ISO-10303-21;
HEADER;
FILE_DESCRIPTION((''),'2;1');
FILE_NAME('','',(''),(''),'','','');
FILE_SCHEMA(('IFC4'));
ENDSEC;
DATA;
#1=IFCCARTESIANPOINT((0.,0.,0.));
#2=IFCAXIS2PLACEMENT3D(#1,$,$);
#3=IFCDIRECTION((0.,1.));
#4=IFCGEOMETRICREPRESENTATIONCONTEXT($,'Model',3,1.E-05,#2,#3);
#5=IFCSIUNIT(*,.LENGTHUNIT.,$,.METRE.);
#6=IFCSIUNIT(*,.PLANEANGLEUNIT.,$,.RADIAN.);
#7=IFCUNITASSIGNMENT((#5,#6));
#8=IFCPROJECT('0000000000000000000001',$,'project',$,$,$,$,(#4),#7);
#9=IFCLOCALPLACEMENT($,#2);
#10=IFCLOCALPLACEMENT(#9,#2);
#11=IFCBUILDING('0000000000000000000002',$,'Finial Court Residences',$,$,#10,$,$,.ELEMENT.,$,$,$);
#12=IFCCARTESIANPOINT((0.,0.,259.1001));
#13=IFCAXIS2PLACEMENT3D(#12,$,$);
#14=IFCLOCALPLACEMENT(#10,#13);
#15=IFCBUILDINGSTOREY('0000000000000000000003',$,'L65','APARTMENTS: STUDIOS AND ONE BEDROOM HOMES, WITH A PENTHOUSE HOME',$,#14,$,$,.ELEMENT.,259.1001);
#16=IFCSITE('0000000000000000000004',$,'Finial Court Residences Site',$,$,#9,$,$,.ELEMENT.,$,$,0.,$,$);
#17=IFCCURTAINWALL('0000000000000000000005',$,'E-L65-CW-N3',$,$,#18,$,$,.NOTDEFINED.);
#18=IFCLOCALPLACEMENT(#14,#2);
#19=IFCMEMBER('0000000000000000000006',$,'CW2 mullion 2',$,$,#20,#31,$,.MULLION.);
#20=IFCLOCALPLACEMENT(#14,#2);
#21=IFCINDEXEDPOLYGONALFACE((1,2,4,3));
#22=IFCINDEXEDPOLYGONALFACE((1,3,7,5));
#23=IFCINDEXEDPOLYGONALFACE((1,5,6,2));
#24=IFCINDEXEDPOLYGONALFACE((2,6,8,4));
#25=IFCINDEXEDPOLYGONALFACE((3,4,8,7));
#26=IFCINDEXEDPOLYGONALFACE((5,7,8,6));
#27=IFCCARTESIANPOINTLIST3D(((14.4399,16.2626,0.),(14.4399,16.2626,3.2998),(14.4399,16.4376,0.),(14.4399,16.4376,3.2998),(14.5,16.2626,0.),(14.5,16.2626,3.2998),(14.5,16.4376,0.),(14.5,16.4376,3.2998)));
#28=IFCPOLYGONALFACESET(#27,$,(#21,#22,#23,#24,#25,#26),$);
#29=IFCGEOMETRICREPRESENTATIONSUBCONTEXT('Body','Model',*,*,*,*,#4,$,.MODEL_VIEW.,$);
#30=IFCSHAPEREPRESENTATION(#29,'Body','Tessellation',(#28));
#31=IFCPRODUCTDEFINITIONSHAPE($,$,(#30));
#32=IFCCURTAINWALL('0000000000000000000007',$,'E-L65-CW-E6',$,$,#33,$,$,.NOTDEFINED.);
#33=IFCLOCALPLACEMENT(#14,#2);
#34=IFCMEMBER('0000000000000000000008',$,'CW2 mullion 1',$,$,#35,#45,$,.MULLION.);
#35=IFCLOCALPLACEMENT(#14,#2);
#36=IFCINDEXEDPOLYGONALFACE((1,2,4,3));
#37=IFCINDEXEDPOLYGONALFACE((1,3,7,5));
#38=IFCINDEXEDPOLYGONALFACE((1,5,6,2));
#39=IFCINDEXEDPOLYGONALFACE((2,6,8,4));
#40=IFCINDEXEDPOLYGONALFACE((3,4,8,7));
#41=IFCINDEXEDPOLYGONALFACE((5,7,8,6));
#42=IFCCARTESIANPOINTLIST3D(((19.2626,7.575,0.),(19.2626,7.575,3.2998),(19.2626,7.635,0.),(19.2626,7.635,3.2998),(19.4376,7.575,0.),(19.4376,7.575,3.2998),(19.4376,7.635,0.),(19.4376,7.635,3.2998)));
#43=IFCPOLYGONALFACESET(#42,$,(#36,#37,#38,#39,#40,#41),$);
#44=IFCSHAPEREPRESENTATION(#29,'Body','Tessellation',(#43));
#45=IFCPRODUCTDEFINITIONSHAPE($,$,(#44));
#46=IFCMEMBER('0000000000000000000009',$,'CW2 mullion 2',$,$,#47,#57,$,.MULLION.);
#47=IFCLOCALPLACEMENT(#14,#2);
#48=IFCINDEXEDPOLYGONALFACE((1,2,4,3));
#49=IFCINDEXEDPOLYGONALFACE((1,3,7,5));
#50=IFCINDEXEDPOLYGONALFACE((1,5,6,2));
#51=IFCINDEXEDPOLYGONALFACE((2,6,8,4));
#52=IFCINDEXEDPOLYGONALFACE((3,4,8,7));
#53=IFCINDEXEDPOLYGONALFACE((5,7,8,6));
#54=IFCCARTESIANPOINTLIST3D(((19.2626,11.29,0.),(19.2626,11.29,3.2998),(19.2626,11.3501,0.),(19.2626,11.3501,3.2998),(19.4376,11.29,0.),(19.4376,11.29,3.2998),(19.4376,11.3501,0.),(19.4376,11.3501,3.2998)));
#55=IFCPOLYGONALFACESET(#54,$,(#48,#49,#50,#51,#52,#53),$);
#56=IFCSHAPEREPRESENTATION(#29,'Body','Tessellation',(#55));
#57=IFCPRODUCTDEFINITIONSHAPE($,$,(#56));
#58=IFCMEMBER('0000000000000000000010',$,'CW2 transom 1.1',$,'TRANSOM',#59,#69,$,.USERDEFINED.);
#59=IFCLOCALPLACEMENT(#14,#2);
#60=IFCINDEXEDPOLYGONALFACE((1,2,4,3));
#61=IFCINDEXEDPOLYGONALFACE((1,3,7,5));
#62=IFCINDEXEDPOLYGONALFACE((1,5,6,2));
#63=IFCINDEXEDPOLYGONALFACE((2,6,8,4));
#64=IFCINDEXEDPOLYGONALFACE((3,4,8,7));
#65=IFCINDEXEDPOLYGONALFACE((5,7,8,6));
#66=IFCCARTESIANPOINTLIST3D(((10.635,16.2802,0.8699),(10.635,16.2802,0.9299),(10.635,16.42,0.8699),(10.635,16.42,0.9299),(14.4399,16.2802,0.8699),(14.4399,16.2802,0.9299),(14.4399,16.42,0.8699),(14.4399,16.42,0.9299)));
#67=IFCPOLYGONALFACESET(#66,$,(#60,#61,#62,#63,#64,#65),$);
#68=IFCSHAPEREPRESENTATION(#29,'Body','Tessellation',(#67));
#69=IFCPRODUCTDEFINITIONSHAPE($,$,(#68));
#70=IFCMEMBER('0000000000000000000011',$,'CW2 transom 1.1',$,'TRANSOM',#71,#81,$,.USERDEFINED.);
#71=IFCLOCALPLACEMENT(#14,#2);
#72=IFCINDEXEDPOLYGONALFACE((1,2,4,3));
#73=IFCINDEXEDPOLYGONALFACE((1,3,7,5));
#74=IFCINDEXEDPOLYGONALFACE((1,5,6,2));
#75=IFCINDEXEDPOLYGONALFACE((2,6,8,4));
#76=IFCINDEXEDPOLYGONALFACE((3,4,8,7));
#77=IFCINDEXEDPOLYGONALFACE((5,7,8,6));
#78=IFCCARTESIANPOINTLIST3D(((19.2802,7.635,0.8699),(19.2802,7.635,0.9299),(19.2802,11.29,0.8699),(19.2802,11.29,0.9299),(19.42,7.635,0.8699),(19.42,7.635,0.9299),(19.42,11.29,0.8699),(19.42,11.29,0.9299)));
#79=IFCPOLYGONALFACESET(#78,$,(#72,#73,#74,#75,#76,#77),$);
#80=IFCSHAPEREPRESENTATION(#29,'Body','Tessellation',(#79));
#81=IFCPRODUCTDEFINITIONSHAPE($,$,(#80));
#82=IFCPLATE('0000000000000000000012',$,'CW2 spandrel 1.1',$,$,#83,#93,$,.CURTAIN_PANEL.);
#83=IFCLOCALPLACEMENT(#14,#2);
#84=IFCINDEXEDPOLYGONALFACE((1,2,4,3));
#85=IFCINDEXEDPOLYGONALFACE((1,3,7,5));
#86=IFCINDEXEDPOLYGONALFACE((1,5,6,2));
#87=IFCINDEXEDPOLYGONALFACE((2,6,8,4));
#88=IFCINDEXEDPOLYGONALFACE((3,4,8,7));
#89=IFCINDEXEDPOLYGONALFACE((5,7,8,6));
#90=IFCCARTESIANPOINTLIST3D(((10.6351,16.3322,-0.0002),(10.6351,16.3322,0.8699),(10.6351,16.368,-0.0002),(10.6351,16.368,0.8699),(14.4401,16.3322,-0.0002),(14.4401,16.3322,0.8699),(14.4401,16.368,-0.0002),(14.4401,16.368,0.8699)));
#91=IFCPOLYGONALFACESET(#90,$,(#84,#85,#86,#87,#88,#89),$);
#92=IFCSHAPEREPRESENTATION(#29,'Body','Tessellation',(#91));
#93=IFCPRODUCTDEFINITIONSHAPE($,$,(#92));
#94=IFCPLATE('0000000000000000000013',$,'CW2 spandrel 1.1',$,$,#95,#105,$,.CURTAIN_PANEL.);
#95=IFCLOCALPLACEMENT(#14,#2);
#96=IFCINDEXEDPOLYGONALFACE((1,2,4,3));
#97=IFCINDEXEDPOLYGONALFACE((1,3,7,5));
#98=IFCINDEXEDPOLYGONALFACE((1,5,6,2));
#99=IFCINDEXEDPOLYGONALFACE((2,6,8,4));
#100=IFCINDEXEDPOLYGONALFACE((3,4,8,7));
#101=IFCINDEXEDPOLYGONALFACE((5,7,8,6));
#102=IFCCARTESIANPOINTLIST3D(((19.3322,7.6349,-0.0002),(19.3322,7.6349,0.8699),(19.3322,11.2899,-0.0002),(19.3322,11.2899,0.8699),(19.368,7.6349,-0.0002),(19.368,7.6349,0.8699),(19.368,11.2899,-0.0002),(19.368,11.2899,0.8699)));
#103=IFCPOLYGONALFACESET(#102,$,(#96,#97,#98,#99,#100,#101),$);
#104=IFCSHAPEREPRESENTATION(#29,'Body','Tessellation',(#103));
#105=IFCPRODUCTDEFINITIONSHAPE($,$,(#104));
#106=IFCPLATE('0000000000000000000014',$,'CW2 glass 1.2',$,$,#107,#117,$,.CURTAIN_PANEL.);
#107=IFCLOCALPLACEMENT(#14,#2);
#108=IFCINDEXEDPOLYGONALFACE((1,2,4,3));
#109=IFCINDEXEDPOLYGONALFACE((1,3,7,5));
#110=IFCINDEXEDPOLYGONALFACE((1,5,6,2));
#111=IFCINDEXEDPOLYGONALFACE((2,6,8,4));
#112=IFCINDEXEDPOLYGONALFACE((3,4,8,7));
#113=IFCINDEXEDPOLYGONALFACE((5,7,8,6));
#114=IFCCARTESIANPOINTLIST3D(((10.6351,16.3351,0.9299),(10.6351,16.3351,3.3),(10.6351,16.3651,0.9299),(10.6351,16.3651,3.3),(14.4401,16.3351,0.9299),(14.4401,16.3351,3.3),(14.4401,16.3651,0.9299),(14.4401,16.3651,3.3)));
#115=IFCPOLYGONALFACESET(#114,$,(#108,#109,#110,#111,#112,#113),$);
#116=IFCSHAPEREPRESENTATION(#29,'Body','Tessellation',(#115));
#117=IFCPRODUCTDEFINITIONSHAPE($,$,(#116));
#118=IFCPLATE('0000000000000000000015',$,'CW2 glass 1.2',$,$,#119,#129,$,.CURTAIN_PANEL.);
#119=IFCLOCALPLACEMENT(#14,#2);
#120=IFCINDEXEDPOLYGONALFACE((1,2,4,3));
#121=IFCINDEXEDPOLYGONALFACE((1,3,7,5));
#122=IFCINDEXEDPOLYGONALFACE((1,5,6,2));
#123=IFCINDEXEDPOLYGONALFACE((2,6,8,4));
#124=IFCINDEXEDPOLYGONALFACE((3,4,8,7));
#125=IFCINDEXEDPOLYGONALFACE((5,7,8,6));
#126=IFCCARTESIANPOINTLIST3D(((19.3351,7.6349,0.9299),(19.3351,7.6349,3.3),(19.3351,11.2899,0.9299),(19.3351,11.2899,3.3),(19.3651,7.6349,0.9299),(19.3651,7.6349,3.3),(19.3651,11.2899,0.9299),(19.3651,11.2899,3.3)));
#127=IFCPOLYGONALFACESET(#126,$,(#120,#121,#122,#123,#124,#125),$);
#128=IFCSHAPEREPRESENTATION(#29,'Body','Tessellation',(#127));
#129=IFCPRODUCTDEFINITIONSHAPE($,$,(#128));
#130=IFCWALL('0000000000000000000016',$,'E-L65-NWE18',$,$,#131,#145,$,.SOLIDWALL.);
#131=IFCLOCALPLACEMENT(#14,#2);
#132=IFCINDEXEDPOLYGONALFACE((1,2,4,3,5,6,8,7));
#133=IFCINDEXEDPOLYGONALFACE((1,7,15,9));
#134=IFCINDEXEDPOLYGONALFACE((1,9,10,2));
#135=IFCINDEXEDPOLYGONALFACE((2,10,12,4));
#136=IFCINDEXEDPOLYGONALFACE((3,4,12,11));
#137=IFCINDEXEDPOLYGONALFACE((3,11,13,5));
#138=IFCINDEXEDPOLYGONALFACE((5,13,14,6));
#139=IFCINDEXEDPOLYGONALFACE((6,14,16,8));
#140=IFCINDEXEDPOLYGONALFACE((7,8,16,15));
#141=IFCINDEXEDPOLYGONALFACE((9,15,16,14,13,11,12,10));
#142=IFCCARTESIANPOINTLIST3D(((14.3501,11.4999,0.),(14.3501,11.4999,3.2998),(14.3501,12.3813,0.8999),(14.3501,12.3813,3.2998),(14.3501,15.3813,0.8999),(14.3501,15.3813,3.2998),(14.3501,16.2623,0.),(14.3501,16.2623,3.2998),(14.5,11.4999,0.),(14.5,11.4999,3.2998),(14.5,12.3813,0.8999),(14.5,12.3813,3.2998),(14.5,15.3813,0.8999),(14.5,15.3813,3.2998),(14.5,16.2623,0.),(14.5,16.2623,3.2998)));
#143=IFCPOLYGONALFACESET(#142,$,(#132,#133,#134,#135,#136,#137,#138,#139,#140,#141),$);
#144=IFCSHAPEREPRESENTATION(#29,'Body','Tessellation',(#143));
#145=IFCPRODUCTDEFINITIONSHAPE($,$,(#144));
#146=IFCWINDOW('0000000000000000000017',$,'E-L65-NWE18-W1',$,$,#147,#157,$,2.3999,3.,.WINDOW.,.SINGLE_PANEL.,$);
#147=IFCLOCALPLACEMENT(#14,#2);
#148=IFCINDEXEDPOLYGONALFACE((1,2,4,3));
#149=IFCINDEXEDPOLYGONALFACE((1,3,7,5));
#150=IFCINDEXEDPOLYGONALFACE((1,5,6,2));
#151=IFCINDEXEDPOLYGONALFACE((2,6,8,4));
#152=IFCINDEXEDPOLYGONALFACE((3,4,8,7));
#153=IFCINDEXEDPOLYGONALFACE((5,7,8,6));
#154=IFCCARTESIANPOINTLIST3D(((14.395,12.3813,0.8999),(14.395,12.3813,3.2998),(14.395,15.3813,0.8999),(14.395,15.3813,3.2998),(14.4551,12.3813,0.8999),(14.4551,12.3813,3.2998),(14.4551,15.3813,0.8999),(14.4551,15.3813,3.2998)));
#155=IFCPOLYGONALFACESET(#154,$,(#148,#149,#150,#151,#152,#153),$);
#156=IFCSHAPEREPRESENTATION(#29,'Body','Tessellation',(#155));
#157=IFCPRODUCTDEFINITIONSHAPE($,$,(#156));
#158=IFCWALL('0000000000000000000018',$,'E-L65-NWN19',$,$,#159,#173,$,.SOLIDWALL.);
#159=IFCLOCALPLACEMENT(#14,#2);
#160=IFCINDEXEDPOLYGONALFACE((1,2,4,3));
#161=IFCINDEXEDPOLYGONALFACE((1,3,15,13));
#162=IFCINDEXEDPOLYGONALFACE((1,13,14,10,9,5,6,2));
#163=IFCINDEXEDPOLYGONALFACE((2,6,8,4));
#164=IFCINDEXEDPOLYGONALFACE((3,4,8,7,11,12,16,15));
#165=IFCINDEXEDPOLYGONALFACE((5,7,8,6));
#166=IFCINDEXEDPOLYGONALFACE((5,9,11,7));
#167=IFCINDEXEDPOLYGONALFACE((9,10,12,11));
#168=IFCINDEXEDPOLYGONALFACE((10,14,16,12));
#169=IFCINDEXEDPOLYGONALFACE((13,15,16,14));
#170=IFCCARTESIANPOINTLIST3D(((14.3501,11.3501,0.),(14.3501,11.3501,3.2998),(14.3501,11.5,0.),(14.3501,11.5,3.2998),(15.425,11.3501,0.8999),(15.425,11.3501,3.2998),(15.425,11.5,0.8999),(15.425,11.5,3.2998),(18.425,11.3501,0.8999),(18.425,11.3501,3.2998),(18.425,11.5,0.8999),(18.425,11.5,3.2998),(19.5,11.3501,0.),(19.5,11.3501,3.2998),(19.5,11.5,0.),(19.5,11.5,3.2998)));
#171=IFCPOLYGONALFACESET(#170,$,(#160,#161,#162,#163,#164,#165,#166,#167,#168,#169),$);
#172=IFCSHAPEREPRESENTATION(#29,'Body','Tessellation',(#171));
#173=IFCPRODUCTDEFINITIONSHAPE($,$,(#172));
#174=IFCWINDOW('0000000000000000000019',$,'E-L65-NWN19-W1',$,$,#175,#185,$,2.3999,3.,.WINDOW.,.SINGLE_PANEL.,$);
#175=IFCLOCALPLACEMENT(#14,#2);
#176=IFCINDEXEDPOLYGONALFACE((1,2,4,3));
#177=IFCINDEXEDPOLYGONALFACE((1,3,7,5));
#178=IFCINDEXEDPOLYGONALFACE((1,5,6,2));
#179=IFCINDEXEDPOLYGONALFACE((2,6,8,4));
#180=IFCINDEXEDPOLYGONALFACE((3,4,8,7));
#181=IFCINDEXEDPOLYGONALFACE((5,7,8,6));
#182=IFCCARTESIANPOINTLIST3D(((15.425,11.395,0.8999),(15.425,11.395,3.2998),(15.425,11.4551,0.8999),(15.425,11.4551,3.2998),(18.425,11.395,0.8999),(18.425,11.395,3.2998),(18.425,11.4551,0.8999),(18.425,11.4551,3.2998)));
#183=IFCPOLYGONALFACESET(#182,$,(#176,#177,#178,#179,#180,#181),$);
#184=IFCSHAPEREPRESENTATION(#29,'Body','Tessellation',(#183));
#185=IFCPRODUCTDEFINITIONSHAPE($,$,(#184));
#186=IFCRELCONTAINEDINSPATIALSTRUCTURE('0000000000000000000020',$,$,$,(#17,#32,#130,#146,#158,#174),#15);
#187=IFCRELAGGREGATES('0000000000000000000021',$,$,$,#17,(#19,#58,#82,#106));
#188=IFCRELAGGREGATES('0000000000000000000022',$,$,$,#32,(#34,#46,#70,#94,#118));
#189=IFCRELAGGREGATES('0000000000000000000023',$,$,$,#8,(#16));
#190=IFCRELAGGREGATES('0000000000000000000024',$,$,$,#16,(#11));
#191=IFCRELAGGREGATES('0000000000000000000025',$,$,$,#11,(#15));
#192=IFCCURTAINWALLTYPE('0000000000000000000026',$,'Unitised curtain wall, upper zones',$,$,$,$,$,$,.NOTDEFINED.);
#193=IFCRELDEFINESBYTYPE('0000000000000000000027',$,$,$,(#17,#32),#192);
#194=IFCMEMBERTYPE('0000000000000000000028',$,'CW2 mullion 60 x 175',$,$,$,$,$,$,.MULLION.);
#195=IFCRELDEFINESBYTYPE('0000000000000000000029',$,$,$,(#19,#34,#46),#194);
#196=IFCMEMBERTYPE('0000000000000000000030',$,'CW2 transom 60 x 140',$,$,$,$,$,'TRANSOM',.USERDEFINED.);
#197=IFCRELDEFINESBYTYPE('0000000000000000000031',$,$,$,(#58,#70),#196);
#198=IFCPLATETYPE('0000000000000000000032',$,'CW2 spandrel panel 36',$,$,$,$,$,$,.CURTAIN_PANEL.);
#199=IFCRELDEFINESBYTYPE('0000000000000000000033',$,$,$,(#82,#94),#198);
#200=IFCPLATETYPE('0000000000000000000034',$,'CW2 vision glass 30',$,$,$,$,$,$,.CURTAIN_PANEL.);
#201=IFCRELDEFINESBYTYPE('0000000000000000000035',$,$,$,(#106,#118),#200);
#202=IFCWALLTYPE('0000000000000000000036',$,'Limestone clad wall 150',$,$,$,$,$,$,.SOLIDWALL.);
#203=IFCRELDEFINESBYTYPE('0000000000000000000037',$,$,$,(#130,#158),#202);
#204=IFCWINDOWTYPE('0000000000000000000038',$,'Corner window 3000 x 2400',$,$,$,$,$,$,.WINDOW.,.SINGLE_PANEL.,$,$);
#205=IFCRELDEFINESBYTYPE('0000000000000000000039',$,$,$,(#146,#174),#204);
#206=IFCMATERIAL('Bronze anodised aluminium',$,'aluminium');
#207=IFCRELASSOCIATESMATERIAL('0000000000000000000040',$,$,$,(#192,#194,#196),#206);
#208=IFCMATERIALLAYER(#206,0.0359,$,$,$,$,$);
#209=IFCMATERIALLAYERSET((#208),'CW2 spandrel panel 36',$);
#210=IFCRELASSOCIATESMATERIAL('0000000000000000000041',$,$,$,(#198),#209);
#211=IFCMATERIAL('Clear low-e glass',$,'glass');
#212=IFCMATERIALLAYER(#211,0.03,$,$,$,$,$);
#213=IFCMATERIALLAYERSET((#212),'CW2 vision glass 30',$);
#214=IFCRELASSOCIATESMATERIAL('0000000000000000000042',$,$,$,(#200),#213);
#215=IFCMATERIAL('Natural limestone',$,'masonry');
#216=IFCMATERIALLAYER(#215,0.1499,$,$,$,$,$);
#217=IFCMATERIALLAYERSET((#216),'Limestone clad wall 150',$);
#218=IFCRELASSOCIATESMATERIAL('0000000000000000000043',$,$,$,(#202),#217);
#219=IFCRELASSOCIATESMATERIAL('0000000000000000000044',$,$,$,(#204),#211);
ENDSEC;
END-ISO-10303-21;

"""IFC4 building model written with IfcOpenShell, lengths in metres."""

from ifc_helpers import new_model, si_unit, direction, frame, frame_2d, origin, origin_2d, place, context, subcontext, project, spatial, rectangle, extrude, material, layer, layer_set, material_profile, profile_set, type_object, element, fill, aggregate, save


model = new_model("IFC4")

# Units and contexts
model_context = context("Model", 3, precision=1e-05, world=origin(), true_north=direction((0.0, 1.0)))
body_context = subcontext(model_context, "Body", "Model", "MODEL_VIEW")
ifc_project = project(units=[si_unit("LENGTHUNIT", "METRE"), si_unit("PLANEANGLEUNIT", "RADIAN")], contexts=[model_context])

# Site, building, storey
site_placement = place(None, origin())
site = spatial("IfcSite", under=ifc_project, at=site_placement, Name="Finial Court Residences Site", CompositionType="ELEMENT", RefElevation=0.0)
building_placement = place(site_placement, origin())
building = spatial("IfcBuilding", under=site, at=building_placement, Name="Finial Court Residences", CompositionType="ELEMENT")
storey_placement = place(building_placement, frame((0.0, 0.0, 259.1001)))
storey = spatial("IfcBuildingStorey", under=building, at=storey_placement, Name="L65", Description="APARTMENTS: STUDIOS AND ONE BEDROOM HOMES, WITH A PENTHOUSE HOME", CompositionType="ELEMENT", Elevation=259.1001)

# Curtain wall, member
ifc_material_1 = material(Name="Bronze anodised aluminium", Category="aluminium")
curtain_wall_type = type_object("IfcCurtainWallType", Name="Unitised curtain wall, upper zones", PredefinedType="NOTDEFINED", material=ifc_material_1)
curtain_wall_1_placement = place(storey_placement, origin())
curtain_wall_1 = element("IfcCurtainWall", 1, at=curtain_wall_1_placement, inside=storey, type_object=curtain_wall_type, Name="E-L65-CW-N3", PredefinedType="NOTDEFINED")
ifc_material_profile_1 = material_profile(ifc_material_1, rectangle(XDim=0.175, YDim=0.0601, at=origin_2d()), Name="CW2 mullion 60 x 175")
ifc_profile_set_1 = profile_set([ifc_material_profile_1], Name="Bronze anodised aluminium")
member_type_1 = type_object("IfcMemberType", Name="CW2 mullion 60 x 175", PredefinedType="MULLION", material=ifc_profile_set_1)
member_1_placement = place(storey_placement, frame((14.47, 16.3501, 0.0), z_axis=(0.0, 0.0, 1.0), x_axis=(0.0, 1.0, 0.0)))
member_1 = element("IfcMember", 2, at=member_1_placement, type_object=member_type_1, Name="CW2 mullion 2", PredefinedType="MULLION", context=body_context, shape_type="SweptSolid", body=[
    extrude(rectangle(XDim=0.175, YDim=0.0601, at=origin_2d()), origin(), (0.0, 0.0, 1.0), 3.2998),
])

# Curtain wall, members
curtain_wall_2_placement = place(storey_placement, origin())
curtain_wall_2 = element("IfcCurtainWall", 3, at=curtain_wall_2_placement, inside=storey, type_object=curtain_wall_type, Name="E-L65-CW-E6", PredefinedType="NOTDEFINED")
member_2_placement = place(storey_placement, frame((19.3501, 7.605, 0.0), z_axis=(0.0, 0.0, 1.0), x_axis=(-1.0, 0.0, 0.0)))
member_2 = element("IfcMember", 4, at=member_2_placement, type_object=member_type_1, Name="CW2 mullion 1", PredefinedType="MULLION", context=body_context, shape_type="SweptSolid", body=[
    extrude(rectangle(XDim=0.175, YDim=0.0601, at=origin_2d()), origin(), (0.0, 0.0, 1.0), 3.2998),
])
member_3_placement = place(storey_placement, frame((19.3501, 11.3201, 0.0), z_axis=(0.0, 0.0, 1.0), x_axis=(-1.0, 0.0, 0.0)))
member_3 = element("IfcMember", 5, at=member_3_placement, type_object=member_type_1, Name="CW2 mullion 2", PredefinedType="MULLION", context=body_context, shape_type="SweptSolid", body=[
    extrude(rectangle(XDim=0.175, YDim=0.0601, at=origin_2d()), origin(), (0.0, 0.0, 1.0), 3.2998),
])

# Members
ifc_material_profile_2 = material_profile(ifc_material_1, rectangle(XDim=0.1399, YDim=0.0601, at=origin_2d()), Name="CW2 transom 60 x 140")
ifc_profile_set_2 = profile_set([ifc_material_profile_2], Name="Bronze anodised aluminium")
member_type_2 = type_object("IfcMemberType", Name="CW2 transom 60 x 140", ElementType="TRANSOM", PredefinedType="USERDEFINED", material=ifc_profile_set_2)
member_4_placement = place(storey_placement, frame((10.635, 16.3501, 0.8999), z_axis=(1.0, 0.0, 0.0), x_axis=(0.0, 1.0, 0.0)))
member_4 = element("IfcMember", 6, at=member_4_placement, type_object=member_type_2, Name="CW2 transom 1.1", ObjectType="TRANSOM", PredefinedType="USERDEFINED", context=body_context, shape_type="SweptSolid", body=[
    extrude(rectangle(XDim=0.1399, YDim=0.0601, at=origin_2d()), origin(), (0.0, 0.0, 1.0), 3.8049),
])
member_5_placement = place(storey_placement, frame((19.3501, 7.635, 0.8999), z_axis=(0.0, 1.0, 0.0), x_axis=(-1.0, 0.0, 0.0)))
member_5 = element("IfcMember", 7, at=member_5_placement, type_object=member_type_2, Name="CW2 transom 1.1", ObjectType="TRANSOM", PredefinedType="USERDEFINED", context=body_context, shape_type="SweptSolid", body=[
    extrude(rectangle(XDim=0.1399, YDim=0.0601, at=origin_2d()), origin(), (0.0, 0.0, 1.0), 3.655),
])

# Plates
ifc_layer_1 = layer(ifc_material_1, 0.0359)
ifc_layer_set_1 = layer_set([ifc_layer_1], Name="CW2 spandrel panel 36")
plate_type_1 = type_object("IfcPlateType", Name="CW2 spandrel panel 36", PredefinedType="CURTAIN_PANEL", material=ifc_layer_set_1)
plate_1_placement = place(storey_placement, frame((12.5376, 16.3501, -0.0002), z_axis=(0.0, 0.0, 1.0), x_axis=(1.0, 0.0, 0.0)))
plate_1 = element("IfcPlate", 8, at=plate_1_placement, type_object=plate_type_1, Name="CW2 spandrel 1.1", PredefinedType="CURTAIN_PANEL", context=body_context, shape_type="SweptSolid", body=[
    extrude(rectangle(XDim=3.8049, YDim=0.0359, at=origin_2d()), origin(), (0.0, 0.0, 1.0), 0.8701),
])
plate_2_placement = place(storey_placement, frame((19.3501, 9.4624, -0.0002), z_axis=(0.0, 0.0, 1.0), x_axis=(0.0, 1.0, 0.0)))
plate_2 = element("IfcPlate", 9, at=plate_2_placement, type_object=plate_type_1, Name="CW2 spandrel 1.1", PredefinedType="CURTAIN_PANEL", context=body_context, shape_type="SweptSolid", body=[
    extrude(rectangle(XDim=3.655, YDim=0.0359, at=origin_2d()), origin(), (0.0, 0.0, 1.0), 0.8701),
])
ifc_material_2 = material(Name="Clear low-e glass", Category="glass")
ifc_layer_2 = layer(ifc_material_2, 0.03)
ifc_layer_set_2 = layer_set([ifc_layer_2], Name="CW2 vision glass 30")
plate_type_2 = type_object("IfcPlateType", Name="CW2 vision glass 30", PredefinedType="CURTAIN_PANEL", material=ifc_layer_set_2)
plate_3_placement = place(storey_placement, frame((12.5376, 16.3501, 0.9299), z_axis=(0.0, 0.0, 1.0), x_axis=(1.0, 0.0, 0.0)))
plate_3 = element("IfcPlate", 10, at=plate_3_placement, type_object=plate_type_2, Name="CW2 glass 1.2", PredefinedType="CURTAIN_PANEL", context=body_context, shape_type="SweptSolid", body=[
    extrude(rectangle(XDim=3.8049, YDim=0.03, at=origin_2d()), origin(), (0.0, 0.0, 1.0), 2.3701),
])
aggregate(curtain_wall_1, [member_1, member_4, plate_1, plate_3])
plate_4_placement = place(storey_placement, frame((19.3501, 9.4624, 0.9299), z_axis=(0.0, 0.0, 1.0), x_axis=(0.0, 1.0, 0.0)))
plate_4 = element("IfcPlate", 11, at=plate_4_placement, type_object=plate_type_2, Name="CW2 glass 1.2", PredefinedType="CURTAIN_PANEL", context=body_context, shape_type="SweptSolid", body=[
    extrude(rectangle(XDim=3.655, YDim=0.03, at=origin_2d()), origin(), (0.0, 0.0, 1.0), 2.3701),
])
aggregate(curtain_wall_2, [member_2, member_3, member_5, plate_2, plate_4])

# Walls, openings, windows
ifc_material_3 = material(Name="Natural limestone", Category="masonry")
ifc_layer_3 = layer(ifc_material_3, 0.1499)
ifc_layer_set_3 = layer_set([ifc_layer_3], Name="Limestone clad wall 150")
wall_type = type_object("IfcWallType", Name="Limestone clad wall 150", PredefinedType="SOLIDWALL", material=ifc_layer_set_3)
wall_1_placement = place(storey_placement, frame((14.425, 16.2625, 0.0), z_axis=(0.0, 0.0, 1.0), x_axis=(0.0, -1.0, 0.0)))
wall_1 = element("IfcWall", 12, at=wall_1_placement, inside=storey, type_object=wall_type, Name="E-L65-NWE18", PredefinedType="SOLIDWALL", context=body_context, shape_type="SweptSolid", body=[
    extrude(rectangle(XDim=4.7625, YDim=0.1499, at=frame_2d((2.3813, 0.0))), origin(), (0.0, 0.0, 1.0), 3.2998),
])
opening_1_placement = place(wall_1_placement, frame((0.8811, 0.0, 0.8999)))
opening_1 = element("IfcOpeningElement", 13, at=opening_1_placement, cuts=wall_1, PredefinedType="OPENING", context=body_context, shape_type="SweptSolid", body=[
    extrude(rectangle(XDim=3.0, YDim=2.3999, at=frame_2d((1.5, 1.2))), frame((0.0, 0.085, 0.0), z_axis=(0.0, -1.0, 0.0), x_axis=(1.0, 0.0, 0.0)), (0.0, 0.0, 1.0), 0.1699),
])
window_type = type_object("IfcWindowType", Name="Corner window 3000 x 2400", PartitioningType="SINGLE_PANEL", PredefinedType="WINDOW", material=ifc_material_2)
window_1_placement = place(opening_1_placement, origin())
window_1 = element("IfcWindow", 14, at=window_1_placement, inside=storey, type_object=window_type, Name="E-L65-NWE18-W1", OverallHeight=2.3999, OverallWidth=3.0, PartitioningType="SINGLE_PANEL", PredefinedType="WINDOW", context=body_context, shape_type="SweptSolid", body=[
    extrude(rectangle(XDim=3.0, YDim=2.3999, at=frame_2d((1.5, 1.2))), frame((0.0, 0.03, 0.0), z_axis=(0.0, -1.0, 0.0), x_axis=(1.0, 0.0, 0.0)), (0.0, 0.0, 1.0), 0.0601),
])
fill(opening_1, window_1)
wall_2_placement = place(storey_placement, frame((14.3501, 11.425, 0.0), z_axis=(0.0, 0.0, 1.0), x_axis=(1.0, 0.0, 0.0)))
wall_2 = element("IfcWall", 15, at=wall_2_placement, inside=storey, type_object=wall_type, Name="E-L65-NWN19", PredefinedType="SOLIDWALL", context=body_context, shape_type="SweptSolid", body=[
    extrude(rectangle(XDim=5.1499, YDim=0.1499, at=frame_2d((2.575, 0.0))), origin(), (0.0, 0.0, 1.0), 3.2998),
])
opening_2_placement = place(wall_2_placement, frame((1.075, 0.0, 0.8999)))
opening_2 = element("IfcOpeningElement", 16, at=opening_2_placement, cuts=wall_2, PredefinedType="OPENING", context=body_context, shape_type="SweptSolid", body=[
    extrude(rectangle(XDim=3.0, YDim=2.3999, at=frame_2d((1.5, 1.2))), frame((0.0, 0.085, 0.0), z_axis=(0.0, -1.0, 0.0), x_axis=(1.0, 0.0, 0.0)), (0.0, 0.0, 1.0), 0.1699),
])
window_2_placement = place(opening_2_placement, origin())
window_2 = element("IfcWindow", 17, at=window_2_placement, inside=storey, type_object=window_type, Name="E-L65-NWN19-W1", OverallHeight=2.3999, OverallWidth=3.0, PartitioningType="SINGLE_PANEL", PredefinedType="WINDOW", context=body_context, shape_type="SweptSolid", body=[
    extrude(rectangle(XDim=3.0, YDim=2.3999, at=frame_2d((1.5, 1.2))), frame((0.0, 0.03, 0.0), z_axis=(0.0, -1.0, 0.0), x_axis=(1.0, 0.0, 0.0)), (0.0, 0.0, 1.0), 0.0601),
])
fill(opening_2, window_2)

save(model, "model.ifc")
